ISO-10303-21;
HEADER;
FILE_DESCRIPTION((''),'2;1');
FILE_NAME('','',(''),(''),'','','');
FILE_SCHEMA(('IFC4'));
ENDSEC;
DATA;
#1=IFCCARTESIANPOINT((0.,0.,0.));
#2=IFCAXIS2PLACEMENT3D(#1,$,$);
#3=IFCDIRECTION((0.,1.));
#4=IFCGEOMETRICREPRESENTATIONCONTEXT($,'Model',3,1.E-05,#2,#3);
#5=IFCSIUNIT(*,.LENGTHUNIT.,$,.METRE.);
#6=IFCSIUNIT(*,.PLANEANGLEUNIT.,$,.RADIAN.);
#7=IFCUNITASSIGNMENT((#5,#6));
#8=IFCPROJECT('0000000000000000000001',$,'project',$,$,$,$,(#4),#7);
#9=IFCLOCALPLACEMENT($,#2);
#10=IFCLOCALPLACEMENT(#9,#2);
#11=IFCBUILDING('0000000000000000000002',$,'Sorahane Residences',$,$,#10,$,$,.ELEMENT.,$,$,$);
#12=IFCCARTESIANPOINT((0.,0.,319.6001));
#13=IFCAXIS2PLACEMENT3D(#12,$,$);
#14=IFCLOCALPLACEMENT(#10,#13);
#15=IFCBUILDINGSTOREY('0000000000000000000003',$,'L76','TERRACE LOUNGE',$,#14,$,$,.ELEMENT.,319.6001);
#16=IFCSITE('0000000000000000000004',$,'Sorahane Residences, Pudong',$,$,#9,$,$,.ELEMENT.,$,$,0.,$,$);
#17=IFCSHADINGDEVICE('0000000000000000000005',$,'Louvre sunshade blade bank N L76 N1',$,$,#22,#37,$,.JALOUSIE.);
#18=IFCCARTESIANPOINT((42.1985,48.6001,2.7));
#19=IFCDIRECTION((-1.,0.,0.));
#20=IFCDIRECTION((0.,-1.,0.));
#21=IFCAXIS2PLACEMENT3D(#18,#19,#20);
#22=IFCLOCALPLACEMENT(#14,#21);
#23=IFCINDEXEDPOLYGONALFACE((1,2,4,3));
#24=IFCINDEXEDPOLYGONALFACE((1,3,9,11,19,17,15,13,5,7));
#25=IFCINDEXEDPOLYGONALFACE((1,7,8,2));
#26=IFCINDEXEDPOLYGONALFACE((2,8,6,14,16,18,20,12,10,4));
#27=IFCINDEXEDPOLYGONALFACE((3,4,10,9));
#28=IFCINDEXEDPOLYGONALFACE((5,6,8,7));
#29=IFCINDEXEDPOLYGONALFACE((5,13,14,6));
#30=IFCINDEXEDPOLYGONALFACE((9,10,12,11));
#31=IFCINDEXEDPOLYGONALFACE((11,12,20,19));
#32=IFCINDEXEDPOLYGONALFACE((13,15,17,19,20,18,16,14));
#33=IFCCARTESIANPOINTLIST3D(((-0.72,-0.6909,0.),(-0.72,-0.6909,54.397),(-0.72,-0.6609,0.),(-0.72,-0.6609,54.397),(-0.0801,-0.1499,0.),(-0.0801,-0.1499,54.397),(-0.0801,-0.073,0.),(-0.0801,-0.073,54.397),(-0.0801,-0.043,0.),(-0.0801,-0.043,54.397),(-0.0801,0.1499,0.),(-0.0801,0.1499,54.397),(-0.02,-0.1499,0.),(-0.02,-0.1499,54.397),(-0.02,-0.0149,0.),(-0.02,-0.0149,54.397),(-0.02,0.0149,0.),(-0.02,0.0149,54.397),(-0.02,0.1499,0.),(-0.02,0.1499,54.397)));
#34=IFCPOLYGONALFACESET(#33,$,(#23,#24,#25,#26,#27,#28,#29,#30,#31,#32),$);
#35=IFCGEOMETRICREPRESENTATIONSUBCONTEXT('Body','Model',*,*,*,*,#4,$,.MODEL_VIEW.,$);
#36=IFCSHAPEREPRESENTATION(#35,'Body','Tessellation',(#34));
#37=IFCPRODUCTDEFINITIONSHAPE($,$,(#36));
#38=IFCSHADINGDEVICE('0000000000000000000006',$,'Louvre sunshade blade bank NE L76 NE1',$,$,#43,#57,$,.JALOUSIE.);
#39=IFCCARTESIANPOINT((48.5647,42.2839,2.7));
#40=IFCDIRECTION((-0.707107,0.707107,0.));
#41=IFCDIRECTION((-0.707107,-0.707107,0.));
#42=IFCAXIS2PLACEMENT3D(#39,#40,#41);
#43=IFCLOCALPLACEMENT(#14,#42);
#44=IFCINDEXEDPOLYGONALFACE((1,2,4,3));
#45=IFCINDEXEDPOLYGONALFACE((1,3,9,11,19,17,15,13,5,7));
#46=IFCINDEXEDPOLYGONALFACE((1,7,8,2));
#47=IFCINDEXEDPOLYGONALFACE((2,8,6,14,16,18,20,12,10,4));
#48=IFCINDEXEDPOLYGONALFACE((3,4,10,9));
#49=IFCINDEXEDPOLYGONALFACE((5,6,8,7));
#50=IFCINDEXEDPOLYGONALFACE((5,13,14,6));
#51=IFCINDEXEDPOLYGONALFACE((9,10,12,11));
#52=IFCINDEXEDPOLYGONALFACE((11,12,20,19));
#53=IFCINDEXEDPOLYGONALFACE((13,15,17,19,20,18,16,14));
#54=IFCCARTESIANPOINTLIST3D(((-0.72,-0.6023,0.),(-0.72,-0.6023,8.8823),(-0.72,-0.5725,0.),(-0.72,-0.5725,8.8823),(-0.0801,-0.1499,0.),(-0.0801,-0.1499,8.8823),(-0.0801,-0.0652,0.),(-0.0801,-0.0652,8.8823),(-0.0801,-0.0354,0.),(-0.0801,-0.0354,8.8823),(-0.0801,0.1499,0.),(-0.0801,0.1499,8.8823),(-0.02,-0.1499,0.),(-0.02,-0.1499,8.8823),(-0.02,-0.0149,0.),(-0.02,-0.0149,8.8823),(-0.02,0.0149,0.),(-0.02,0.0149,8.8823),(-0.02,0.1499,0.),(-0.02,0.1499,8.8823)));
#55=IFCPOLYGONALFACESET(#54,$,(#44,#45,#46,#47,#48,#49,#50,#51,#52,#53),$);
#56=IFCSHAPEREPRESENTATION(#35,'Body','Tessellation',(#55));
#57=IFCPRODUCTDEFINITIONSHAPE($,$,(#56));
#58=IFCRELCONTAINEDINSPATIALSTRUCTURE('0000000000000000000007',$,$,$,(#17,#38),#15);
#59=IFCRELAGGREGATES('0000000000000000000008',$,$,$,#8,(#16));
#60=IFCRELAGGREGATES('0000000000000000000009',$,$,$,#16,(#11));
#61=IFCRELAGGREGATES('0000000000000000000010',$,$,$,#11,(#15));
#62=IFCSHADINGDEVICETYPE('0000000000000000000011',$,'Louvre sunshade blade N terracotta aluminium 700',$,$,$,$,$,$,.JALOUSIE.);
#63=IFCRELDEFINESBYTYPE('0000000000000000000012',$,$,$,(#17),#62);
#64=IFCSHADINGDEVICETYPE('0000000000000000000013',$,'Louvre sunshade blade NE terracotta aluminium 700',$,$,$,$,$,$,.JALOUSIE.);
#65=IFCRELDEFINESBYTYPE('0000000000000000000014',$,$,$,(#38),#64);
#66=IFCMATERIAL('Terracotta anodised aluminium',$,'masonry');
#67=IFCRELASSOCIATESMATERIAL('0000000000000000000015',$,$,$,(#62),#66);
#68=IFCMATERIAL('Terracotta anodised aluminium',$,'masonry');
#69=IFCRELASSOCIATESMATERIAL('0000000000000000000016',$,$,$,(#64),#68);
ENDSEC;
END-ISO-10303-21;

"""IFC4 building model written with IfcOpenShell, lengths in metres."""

from ifc_helpers import new_model, si_unit, direction, frame, origin, place, context, subcontext, project, spatial, polyline, outline, extrude, material, type_object, element, save


model = new_model("IFC4")

# Units and contexts
model_context = context("Model", 3, precision=1e-05, world=origin(), true_north=direction((0.0, 1.0)))
body_context = subcontext(model_context, "Body", "Model", "MODEL_VIEW")
ifc_project = project(units=[si_unit("LENGTHUNIT", "METRE"), si_unit("PLANEANGLEUNIT", "RADIAN")], contexts=[model_context])

# Site, building, storey
site_placement = place(None, origin())
site = spatial("IfcSite", under=ifc_project, at=site_placement, Name="Sorahane Residences, Pudong", CompositionType="ELEMENT", RefElevation=0.0)
building_placement = place(site_placement, origin())
building = spatial("IfcBuilding", under=site, at=building_placement, Name="Sorahane Residences", CompositionType="ELEMENT")
storey_placement = place(building_placement, frame((0.0, 0.0, 319.6001)))
storey = spatial("IfcBuildingStorey", under=building, at=storey_placement, Name="L76", Description="TERRACE LOUNGE", CompositionType="ELEMENT", Elevation=319.6001)

# Shading devices
ifc_material_1 = material(Name="Terracotta anodised aluminium", Category="masonry")
shading_device_type_1 = type_object("IfcShadingDeviceType", Name="Louvre sunshade blade N terracotta aluminium 700", PredefinedType="JALOUSIE", material=ifc_material_1)
shading_device_1_placement = place(storey_placement, frame((42.1985, 48.6001, 2.7), z_axis=(-1.0, 0.0, 0.0), x_axis=(0.0, -1.0, 0.0)))
element("IfcShadingDevice", 1, at=shading_device_1_placement, inside=storey, type_object=shading_device_type_1, Name="Louvre sunshade blade bank N L76 N1", PredefinedType="JALOUSIE", context=body_context, shape_type="SweptSolid", body=[
    extrude(outline(polyline([(-0.72, -0.6609), (-0.72, -0.6909), (-0.0801, -0.073), (-0.0801, -0.1499), (-0.02, -0.1499), (-0.02, -0.0149), (-0.02, 0.0149), (-0.02, 0.1499), (-0.0801, 0.1499), (-0.0801, -0.043), (-0.72, -0.6609)])), origin(), (0.0, 0.0, 1.0), 54.397),
])
ifc_material_2 = material(Name="Terracotta anodised aluminium", Category="masonry")
shading_device_type_2 = type_object("IfcShadingDeviceType", Name="Louvre sunshade blade NE terracotta aluminium 700", PredefinedType="JALOUSIE", material=ifc_material_2)
shading_device_2_placement = place(storey_placement, frame((48.5647, 42.2839, 2.7), z_axis=(-0.707107, 0.707107, 0.0), x_axis=(-0.707107, -0.707107, 0.0)))
element("IfcShadingDevice", 2, at=shading_device_2_placement, inside=storey, type_object=shading_device_type_2, Name="Louvre sunshade blade bank NE L76 NE1", PredefinedType="JALOUSIE", context=body_context, shape_type="SweptSolid", body=[
    extrude(outline(polyline([(-0.72, -0.5725), (-0.72, -0.6023), (-0.0801, -0.0652), (-0.0801, -0.1499), (-0.02, -0.1499), (-0.02, -0.0149), (-0.02, 0.0149), (-0.02, 0.1499), (-0.0801, 0.1499), (-0.0801, -0.0354), (-0.72, -0.5725)])), origin(), (0.0, 0.0, 1.0), 8.8823),
])

save(model, "model.ifc")
